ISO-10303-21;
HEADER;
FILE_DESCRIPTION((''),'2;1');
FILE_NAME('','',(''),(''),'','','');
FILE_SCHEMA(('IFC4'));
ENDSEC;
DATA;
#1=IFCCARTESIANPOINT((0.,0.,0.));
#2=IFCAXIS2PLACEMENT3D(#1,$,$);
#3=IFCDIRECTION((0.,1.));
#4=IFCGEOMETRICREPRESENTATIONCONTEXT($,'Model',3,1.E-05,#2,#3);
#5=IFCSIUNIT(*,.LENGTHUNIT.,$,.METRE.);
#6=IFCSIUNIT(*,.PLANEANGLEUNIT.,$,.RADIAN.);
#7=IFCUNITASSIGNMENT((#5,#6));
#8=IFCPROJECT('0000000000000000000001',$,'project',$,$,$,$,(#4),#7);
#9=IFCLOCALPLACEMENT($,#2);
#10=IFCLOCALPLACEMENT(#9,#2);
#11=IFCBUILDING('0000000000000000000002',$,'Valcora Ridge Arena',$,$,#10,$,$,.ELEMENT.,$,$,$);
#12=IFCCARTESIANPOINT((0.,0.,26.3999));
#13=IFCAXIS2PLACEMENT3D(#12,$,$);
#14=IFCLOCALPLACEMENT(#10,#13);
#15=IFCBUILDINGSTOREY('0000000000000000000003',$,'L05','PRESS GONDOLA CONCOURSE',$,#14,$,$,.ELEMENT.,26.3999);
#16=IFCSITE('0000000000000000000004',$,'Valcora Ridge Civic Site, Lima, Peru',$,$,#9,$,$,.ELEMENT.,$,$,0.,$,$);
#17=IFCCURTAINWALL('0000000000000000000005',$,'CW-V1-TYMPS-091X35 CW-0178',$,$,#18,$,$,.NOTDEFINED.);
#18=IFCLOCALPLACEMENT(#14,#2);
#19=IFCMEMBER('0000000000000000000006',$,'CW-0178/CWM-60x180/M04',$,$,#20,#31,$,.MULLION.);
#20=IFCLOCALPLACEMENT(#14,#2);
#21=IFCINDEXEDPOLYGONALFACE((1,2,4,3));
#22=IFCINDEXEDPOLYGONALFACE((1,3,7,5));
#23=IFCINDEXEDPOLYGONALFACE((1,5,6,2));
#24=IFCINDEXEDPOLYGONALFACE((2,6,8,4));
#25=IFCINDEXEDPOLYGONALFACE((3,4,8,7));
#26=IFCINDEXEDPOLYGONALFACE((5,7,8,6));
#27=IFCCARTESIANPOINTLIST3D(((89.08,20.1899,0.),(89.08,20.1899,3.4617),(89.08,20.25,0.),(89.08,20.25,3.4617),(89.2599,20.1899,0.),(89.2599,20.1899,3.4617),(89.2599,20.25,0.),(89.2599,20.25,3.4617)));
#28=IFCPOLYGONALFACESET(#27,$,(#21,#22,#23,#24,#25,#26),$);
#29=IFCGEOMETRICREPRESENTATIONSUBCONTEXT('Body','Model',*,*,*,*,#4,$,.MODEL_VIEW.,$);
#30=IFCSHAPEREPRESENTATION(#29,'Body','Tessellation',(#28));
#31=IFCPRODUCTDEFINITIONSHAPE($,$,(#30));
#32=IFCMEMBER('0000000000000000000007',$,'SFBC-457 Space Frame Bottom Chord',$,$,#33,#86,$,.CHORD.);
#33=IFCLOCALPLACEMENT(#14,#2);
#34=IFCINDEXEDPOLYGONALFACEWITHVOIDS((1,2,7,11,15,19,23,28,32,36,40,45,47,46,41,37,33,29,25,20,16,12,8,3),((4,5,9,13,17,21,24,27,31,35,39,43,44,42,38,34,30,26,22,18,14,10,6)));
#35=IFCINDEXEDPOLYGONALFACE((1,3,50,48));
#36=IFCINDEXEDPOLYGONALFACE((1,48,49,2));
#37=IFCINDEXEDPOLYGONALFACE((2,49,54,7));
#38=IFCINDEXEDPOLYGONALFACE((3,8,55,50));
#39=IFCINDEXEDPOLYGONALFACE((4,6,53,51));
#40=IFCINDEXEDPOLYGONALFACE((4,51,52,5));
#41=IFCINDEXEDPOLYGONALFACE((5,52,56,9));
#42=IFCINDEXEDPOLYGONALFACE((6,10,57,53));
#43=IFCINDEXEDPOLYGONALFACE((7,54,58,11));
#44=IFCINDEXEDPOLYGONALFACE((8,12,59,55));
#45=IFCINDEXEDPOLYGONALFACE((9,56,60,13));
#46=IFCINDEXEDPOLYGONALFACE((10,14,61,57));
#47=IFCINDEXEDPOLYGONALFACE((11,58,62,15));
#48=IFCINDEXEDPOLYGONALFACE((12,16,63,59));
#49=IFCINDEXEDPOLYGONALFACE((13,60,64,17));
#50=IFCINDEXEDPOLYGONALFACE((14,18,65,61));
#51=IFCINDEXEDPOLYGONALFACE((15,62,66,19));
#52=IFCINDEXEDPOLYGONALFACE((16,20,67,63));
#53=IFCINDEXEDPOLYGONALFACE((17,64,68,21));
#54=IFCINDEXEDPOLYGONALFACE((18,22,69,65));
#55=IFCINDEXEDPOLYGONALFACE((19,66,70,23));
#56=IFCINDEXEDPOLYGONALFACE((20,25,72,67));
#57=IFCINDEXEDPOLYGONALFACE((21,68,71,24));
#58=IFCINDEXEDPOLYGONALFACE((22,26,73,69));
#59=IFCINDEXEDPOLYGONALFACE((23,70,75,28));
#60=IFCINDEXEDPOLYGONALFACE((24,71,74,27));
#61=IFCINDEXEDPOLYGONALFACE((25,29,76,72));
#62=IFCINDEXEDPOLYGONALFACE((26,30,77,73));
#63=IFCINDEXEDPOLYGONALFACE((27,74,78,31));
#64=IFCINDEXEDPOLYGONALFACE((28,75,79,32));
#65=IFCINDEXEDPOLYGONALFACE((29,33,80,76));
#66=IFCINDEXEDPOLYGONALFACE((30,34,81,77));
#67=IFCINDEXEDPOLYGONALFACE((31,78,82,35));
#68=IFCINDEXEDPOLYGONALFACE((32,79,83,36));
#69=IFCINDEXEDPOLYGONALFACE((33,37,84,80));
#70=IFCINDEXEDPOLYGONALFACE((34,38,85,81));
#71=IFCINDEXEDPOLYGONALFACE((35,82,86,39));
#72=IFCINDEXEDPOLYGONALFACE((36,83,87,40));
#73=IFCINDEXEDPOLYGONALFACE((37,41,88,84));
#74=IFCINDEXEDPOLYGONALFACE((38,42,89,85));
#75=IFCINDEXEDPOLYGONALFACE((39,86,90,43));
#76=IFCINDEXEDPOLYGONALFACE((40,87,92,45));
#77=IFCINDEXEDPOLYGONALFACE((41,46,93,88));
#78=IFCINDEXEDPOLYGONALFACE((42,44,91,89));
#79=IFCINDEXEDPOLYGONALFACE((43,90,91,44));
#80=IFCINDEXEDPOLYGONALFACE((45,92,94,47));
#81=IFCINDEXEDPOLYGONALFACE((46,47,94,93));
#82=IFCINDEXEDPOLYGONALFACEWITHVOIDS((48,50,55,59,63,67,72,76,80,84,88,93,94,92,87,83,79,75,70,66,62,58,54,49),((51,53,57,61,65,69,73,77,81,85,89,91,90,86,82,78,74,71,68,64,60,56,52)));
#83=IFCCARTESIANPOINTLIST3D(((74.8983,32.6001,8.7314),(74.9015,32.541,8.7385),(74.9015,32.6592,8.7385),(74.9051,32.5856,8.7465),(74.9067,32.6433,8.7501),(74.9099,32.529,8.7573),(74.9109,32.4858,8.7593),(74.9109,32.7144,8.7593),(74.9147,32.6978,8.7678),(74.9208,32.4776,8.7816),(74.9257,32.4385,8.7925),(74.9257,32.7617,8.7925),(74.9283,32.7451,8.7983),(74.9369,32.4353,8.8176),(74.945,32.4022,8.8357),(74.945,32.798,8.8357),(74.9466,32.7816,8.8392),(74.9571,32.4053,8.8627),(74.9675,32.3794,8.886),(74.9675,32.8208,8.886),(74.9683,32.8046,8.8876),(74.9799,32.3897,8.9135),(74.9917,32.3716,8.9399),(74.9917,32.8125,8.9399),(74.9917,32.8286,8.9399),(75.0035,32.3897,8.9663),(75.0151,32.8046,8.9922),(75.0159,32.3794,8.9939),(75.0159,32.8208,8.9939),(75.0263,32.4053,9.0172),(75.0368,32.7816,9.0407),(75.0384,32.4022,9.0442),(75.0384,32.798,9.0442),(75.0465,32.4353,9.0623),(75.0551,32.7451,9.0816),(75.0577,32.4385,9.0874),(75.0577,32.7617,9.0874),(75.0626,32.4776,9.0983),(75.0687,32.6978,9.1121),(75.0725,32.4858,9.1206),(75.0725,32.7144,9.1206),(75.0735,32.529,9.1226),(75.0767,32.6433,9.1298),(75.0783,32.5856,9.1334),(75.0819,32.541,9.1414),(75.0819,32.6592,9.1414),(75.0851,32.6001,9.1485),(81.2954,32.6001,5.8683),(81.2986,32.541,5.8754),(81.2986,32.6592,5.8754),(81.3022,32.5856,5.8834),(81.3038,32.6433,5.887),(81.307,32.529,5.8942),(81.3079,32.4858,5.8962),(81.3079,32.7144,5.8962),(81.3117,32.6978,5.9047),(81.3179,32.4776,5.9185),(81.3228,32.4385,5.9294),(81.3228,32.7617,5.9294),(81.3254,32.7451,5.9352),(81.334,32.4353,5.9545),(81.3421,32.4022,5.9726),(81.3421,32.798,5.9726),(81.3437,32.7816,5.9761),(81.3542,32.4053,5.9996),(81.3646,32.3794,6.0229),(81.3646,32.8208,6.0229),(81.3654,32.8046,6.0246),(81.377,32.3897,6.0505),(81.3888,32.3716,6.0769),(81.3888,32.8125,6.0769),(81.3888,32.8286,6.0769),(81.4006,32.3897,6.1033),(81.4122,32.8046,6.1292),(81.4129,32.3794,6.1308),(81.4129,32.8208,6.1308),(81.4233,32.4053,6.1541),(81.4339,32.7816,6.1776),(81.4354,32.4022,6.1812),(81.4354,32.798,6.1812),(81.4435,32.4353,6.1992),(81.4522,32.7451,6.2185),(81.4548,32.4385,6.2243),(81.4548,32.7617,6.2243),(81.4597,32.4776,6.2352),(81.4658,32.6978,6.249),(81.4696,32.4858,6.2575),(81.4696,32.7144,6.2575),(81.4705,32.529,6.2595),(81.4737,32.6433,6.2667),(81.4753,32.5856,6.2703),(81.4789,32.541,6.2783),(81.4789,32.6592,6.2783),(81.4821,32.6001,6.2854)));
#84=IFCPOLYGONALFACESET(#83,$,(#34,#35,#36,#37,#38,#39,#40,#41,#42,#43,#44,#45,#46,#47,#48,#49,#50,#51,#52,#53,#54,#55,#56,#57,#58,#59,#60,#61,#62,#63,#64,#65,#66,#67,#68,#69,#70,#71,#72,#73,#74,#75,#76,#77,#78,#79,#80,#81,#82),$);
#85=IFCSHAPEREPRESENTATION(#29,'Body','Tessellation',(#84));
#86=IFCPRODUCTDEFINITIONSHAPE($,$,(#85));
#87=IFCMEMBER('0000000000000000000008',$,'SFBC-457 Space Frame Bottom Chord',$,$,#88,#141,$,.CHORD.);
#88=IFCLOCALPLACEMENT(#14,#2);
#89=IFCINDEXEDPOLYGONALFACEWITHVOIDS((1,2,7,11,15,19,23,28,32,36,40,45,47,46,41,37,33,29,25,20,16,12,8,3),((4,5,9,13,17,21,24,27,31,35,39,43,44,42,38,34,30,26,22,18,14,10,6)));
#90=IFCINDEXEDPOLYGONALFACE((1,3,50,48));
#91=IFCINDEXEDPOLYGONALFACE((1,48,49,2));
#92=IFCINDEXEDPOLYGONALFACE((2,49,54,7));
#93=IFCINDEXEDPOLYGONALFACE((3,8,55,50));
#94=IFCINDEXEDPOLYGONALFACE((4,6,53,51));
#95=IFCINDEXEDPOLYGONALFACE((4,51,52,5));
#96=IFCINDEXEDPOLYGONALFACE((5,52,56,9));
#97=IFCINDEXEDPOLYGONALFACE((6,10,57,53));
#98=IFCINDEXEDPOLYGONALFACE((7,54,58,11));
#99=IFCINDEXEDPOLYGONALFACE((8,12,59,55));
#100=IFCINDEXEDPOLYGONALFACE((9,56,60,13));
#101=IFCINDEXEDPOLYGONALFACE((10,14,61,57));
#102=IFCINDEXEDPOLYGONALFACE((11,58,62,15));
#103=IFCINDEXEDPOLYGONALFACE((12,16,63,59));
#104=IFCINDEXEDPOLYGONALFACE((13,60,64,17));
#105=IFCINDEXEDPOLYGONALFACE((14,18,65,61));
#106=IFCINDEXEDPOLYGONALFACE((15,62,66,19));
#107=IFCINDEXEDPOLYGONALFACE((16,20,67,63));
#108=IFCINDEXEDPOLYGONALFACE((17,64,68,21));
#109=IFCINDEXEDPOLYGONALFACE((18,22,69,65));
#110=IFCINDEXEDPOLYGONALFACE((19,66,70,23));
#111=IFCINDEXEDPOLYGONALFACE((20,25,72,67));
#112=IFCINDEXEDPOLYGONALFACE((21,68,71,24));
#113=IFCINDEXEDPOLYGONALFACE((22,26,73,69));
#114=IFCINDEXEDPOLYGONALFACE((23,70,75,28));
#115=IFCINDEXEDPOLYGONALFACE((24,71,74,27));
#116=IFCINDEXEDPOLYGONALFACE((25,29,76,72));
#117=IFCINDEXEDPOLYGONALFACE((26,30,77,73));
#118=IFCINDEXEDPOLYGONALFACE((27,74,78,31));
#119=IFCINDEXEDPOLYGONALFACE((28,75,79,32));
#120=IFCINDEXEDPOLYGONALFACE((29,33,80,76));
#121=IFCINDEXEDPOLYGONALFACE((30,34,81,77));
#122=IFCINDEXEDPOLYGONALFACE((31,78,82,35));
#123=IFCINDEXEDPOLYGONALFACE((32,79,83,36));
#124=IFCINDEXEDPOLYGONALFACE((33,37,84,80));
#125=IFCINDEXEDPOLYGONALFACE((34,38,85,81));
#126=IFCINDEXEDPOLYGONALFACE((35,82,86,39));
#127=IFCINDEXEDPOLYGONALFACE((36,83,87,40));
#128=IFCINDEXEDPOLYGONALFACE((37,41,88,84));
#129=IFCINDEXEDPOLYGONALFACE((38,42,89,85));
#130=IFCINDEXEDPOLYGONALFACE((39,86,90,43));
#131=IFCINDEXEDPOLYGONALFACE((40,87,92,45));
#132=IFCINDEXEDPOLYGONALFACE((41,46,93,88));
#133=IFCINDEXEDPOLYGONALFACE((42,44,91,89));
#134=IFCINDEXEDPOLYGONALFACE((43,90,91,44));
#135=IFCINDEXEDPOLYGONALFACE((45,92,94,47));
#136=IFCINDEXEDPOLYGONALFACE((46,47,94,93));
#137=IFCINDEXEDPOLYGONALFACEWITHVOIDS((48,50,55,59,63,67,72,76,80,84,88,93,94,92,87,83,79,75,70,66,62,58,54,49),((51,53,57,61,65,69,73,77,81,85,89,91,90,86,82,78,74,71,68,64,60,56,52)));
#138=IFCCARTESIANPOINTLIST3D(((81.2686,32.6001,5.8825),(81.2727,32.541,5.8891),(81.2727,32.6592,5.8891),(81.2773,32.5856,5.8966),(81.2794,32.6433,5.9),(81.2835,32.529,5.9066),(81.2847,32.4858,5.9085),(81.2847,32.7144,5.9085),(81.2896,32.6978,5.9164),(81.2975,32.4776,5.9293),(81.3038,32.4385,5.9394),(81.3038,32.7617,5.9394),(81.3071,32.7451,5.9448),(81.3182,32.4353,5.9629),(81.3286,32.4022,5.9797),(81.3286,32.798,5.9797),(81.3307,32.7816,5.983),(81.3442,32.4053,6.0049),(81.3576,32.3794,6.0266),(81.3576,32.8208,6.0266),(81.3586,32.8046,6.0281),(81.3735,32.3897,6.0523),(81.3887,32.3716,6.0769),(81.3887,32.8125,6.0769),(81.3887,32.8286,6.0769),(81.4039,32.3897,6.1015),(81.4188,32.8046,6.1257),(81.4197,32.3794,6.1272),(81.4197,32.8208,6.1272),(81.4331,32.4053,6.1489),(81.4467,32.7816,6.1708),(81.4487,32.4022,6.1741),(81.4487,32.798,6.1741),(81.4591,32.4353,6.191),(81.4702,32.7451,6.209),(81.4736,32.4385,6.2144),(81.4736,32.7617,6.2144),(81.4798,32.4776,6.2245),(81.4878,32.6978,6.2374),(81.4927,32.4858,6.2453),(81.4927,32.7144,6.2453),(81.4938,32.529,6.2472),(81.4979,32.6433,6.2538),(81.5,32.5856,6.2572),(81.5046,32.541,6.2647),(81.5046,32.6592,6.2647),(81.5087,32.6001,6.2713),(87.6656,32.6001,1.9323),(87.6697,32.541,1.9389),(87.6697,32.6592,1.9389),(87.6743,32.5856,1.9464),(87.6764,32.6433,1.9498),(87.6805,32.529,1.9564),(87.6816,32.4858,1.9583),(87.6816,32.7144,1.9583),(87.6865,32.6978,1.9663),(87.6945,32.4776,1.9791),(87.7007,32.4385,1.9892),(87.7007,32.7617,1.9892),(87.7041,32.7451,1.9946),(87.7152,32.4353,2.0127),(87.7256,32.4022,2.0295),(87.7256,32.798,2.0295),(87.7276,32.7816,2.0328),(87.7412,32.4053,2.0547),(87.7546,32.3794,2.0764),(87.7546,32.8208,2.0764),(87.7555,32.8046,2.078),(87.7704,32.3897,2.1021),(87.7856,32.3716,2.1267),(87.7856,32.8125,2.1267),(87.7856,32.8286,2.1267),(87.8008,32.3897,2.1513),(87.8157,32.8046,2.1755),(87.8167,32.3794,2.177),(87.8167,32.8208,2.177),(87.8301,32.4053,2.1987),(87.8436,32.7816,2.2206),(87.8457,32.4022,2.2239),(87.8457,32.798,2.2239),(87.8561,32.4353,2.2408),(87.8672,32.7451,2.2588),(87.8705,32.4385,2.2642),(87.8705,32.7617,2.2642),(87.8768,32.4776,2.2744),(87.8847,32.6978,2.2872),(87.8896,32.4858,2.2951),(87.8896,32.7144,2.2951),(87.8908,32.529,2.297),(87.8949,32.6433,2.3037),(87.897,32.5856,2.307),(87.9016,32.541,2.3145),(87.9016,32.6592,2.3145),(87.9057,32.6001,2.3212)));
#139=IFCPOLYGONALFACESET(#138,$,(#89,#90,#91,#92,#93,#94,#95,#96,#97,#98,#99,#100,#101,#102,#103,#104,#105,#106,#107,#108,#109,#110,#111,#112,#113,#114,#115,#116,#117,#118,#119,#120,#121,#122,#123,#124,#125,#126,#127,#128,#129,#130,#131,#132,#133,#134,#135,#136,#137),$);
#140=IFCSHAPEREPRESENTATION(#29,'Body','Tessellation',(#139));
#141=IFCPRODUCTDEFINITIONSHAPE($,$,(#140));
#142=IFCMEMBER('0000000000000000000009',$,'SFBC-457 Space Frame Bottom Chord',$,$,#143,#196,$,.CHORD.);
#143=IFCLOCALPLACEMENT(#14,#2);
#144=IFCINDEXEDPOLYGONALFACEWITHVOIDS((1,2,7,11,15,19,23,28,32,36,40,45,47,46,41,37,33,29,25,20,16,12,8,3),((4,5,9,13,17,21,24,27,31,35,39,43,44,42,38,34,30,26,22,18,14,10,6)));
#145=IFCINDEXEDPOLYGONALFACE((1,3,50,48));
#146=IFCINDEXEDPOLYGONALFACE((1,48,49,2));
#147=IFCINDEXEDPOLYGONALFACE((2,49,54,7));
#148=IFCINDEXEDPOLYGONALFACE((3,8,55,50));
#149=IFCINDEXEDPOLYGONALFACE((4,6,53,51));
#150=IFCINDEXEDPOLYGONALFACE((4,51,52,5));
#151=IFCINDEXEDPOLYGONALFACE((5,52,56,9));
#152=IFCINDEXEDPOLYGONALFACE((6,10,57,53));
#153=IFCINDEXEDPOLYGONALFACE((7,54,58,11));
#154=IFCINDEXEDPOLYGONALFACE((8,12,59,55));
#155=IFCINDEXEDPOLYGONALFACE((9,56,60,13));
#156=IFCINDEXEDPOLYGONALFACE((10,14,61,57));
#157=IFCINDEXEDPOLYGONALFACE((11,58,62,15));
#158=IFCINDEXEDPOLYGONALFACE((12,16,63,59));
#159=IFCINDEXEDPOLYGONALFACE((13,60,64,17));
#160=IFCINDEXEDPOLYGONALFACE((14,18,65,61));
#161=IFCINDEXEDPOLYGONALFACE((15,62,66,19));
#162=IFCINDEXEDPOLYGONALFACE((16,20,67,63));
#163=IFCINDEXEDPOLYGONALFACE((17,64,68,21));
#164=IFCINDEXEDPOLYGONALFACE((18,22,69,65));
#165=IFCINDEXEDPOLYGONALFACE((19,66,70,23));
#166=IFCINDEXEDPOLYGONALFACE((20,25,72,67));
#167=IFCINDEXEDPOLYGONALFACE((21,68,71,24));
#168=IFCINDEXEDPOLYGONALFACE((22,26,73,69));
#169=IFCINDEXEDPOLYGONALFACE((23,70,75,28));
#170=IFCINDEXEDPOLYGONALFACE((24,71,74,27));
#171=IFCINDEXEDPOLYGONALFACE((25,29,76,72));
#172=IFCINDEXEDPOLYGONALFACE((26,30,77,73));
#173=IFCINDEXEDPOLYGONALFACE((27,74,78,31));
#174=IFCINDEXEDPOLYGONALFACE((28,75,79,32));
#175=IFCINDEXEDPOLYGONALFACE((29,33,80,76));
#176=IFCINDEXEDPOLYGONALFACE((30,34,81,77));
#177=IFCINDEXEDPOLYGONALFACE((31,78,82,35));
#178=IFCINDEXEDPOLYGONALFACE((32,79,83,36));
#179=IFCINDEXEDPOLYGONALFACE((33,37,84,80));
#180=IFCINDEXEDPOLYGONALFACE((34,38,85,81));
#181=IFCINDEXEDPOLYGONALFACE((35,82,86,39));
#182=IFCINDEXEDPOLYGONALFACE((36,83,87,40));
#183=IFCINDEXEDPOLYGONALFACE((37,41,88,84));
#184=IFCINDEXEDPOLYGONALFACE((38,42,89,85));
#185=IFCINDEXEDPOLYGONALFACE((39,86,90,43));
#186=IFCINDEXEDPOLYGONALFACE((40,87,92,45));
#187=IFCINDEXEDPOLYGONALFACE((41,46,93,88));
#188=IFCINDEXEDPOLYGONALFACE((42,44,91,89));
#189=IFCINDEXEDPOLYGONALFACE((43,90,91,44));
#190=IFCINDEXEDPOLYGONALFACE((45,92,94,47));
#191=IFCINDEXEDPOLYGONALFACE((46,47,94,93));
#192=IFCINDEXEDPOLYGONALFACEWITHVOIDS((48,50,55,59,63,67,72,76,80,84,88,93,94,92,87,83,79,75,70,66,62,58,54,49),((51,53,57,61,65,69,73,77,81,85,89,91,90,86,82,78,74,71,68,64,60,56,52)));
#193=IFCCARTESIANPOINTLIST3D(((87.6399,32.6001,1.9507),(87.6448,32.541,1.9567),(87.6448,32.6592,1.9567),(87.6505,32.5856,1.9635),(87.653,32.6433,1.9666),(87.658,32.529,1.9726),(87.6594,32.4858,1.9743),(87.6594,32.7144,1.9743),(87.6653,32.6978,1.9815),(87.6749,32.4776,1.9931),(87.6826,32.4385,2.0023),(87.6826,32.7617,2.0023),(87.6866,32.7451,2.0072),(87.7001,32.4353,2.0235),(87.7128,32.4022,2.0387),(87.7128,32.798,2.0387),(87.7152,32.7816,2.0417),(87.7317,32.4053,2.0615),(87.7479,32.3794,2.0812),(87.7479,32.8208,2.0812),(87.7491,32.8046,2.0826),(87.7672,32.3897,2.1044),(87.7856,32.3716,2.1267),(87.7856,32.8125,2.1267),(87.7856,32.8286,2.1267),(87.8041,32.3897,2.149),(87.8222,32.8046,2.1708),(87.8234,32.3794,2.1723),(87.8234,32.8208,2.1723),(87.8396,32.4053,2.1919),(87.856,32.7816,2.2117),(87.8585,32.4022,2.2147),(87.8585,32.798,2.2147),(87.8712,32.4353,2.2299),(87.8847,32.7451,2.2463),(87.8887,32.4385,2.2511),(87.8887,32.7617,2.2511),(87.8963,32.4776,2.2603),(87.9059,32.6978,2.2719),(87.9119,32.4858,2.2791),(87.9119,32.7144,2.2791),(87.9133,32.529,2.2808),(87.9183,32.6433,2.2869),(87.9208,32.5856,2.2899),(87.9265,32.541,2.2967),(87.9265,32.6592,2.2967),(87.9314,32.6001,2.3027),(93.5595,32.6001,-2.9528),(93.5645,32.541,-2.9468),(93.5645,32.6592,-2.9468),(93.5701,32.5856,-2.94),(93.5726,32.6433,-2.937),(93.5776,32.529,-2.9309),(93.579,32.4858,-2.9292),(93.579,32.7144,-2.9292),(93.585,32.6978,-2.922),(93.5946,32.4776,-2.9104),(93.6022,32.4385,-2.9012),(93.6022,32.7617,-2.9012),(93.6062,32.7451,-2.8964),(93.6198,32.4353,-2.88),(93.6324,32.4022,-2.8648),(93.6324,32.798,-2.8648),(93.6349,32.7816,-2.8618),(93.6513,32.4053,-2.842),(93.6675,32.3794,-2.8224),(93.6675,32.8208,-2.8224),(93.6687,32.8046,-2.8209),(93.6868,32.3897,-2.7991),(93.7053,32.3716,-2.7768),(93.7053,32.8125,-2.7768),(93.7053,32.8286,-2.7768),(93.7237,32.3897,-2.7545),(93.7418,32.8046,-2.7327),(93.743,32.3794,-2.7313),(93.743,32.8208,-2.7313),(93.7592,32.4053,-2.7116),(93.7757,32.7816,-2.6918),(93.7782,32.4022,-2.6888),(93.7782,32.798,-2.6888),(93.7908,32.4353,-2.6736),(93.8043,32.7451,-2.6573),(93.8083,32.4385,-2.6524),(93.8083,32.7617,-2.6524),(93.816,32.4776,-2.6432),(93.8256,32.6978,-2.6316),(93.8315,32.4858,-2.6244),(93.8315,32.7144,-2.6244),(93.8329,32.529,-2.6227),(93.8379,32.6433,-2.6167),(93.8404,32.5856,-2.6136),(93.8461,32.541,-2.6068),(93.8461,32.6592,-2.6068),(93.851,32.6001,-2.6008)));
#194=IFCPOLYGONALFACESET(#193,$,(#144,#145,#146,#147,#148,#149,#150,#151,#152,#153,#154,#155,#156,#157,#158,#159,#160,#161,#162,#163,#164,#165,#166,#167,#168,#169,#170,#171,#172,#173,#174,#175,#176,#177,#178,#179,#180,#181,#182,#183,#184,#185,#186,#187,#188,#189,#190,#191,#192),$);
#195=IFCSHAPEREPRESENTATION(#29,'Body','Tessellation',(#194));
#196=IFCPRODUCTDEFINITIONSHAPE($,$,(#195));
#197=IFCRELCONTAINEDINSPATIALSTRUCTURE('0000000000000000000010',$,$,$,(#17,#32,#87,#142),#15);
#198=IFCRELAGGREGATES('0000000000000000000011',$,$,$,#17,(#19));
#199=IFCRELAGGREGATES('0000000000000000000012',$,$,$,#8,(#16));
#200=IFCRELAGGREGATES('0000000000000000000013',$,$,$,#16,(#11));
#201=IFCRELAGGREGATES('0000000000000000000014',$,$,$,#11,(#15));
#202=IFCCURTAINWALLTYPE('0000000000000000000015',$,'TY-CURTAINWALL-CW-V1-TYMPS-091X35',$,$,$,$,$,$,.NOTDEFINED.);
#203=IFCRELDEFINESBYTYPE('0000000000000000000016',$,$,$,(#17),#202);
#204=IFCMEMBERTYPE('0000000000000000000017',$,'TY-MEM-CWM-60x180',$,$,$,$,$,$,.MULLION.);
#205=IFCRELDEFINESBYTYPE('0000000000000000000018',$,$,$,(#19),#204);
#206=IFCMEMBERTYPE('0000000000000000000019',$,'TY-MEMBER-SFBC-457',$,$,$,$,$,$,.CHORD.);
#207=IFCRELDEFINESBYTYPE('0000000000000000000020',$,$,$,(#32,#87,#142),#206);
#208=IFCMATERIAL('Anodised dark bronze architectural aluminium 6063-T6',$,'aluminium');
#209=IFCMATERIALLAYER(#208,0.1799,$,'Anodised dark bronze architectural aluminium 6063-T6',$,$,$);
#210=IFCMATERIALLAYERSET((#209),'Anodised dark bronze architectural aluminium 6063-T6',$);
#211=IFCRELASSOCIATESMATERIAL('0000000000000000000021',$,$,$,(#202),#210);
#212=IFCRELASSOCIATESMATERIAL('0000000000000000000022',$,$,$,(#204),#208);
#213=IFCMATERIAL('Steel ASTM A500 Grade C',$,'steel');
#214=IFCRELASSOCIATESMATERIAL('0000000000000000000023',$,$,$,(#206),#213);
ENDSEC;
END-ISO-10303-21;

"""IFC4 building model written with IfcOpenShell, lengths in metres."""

from ifc_helpers import new_model, si_unit, direction, frame, origin, origin_2d, place, context, subcontext, project, spatial, rectangle, hollow_circle, extrude, material, layer, layer_set, material_profile, profile_set, type_object, element, aggregate, save


model = new_model("IFC4")

# Units and contexts
model_context = context("Model", 3, precision=1e-05, world=origin(), true_north=direction((0.0, 1.0)))
body_context = subcontext(model_context, "Body", "Model", "MODEL_VIEW")
ifc_project = project(units=[si_unit("LENGTHUNIT", "METRE"), si_unit("PLANEANGLEUNIT", "RADIAN")], contexts=[model_context])

# Site, building, storey
site_placement = place(None, origin())
site = spatial("IfcSite", under=ifc_project, at=site_placement, Name="Valcora Ridge Civic Site, Lima, Peru", CompositionType="ELEMENT", RefElevation=0.0)
building_placement = place(site_placement, origin())
building = spatial("IfcBuilding", under=site, at=building_placement, Name="Valcora Ridge Arena", CompositionType="ELEMENT")
storey_placement = place(building_placement, frame((0.0, 0.0, 26.3999)))
storey = spatial("IfcBuildingStorey", under=building, at=storey_placement, Name="L05", Description="PRESS GONDOLA CONCOURSE", CompositionType="ELEMENT", Elevation=26.3999)

# Curtain wall, member
ifc_material_1 = material(Name="Anodised dark bronze architectural aluminium 6063-T6", Category="aluminium")
ifc_layer_1 = layer(ifc_material_1, 0.1799, Name="Anodised dark bronze architectural aluminium 6063-T6")
ifc_layer_set_1 = layer_set([ifc_layer_1], Name="Anodised dark bronze architectural aluminium 6063-T6")
curtain_wall_type = type_object("IfcCurtainWallType", Name="TY-CURTAINWALL-CW-V1-TYMPS-091X35", PredefinedType="NOTDEFINED", material=ifc_layer_set_1)
curtain_wall_placement = place(storey_placement, origin())
curtain_wall = element("IfcCurtainWall", 1, at=curtain_wall_placement, inside=storey, type_object=curtain_wall_type, Name="CW-V1-TYMPS-091X35 CW-0178", PredefinedType="NOTDEFINED")
ifc_material_profile_1 = material_profile(ifc_material_1, rectangle(XDim=0.0601, YDim=0.1799, at=origin_2d()), Name="ALU MULLION 60x180")
ifc_profile_set_1 = profile_set([ifc_material_profile_1], Name="Anodised dark bronze architectural aluminium 6063-T6")
member_type_1 = type_object("IfcMemberType", Name="TY-MEM-CWM-60x180", PredefinedType="MULLION", material=ifc_profile_set_1)
member_1_placement = place(storey_placement, frame((89.1699, 20.22, 0.0), z_axis=(0.0, 0.0, 1.0), x_axis=(0.0, 1.0, 0.0)))
member_1 = element("IfcMember", 2, at=member_1_placement, type_object=member_type_1, Name="CW-0178/CWM-60x180/M04", PredefinedType="MULLION", context=body_context, shape_type="SweptSolid", body=[
    extrude(rectangle(XDim=0.0601, YDim=0.1799, at=origin_2d()), origin(), (0.0, 0.0, 1.0), 3.4617),
])

# Members
ifc_material_2 = material(Name="Steel ASTM A500 Grade C", Category="steel")
ifc_material_profile_2 = material_profile(ifc_material_2, hollow_circle(Radius=0.2285, WallThickness=0.0161, at=origin_2d()), Name="CHS457X16")
ifc_profile_set_2 = profile_set([ifc_material_profile_2], Name="Steel ASTM A500 Grade C")
member_type_2 = type_object("IfcMemberType", Name="TY-MEMBER-SFBC-457", PredefinedType="CHORD", material=ifc_profile_set_2)
member_2_placement = place(storey_placement, frame((74.9917, 32.6001, 8.9399), z_axis=(0.912753, 0.0, -0.408513), x_axis=(0.0, 1.0, 0.0)))
element("IfcMember", 3, at=member_2_placement, inside=storey, type_object=member_type_2, Name="SFBC-457 Space Frame Bottom Chord", PredefinedType="CHORD", context=body_context, shape_type="SweptSolid", body=[
    extrude(hollow_circle(Radius=0.2285, WallThickness=0.0161, at=origin_2d()), origin(), (0.0, 0.0, 1.0), 7.0085),
])
member_3_placement = place(storey_placement, frame((81.3887, 32.6001, 6.0769), z_axis=(0.85085, 0.0, -0.525409), x_axis=(0.0, 1.0, 0.0)))
element("IfcMember", 4, at=member_3_placement, inside=storey, type_object=member_type_2, Name="SFBC-457 Space Frame Bottom Chord", PredefinedType="CHORD", context=body_context, shape_type="SweptSolid", body=[
    extrude(hollow_circle(Radius=0.2285, WallThickness=0.0161, at=origin_2d()), origin(), (0.0, 0.0, 1.0), 7.5183),
])
member_4_placement = place(storey_placement, frame((87.7856, 32.6001, 2.1267), z_axis=(0.770105, 0.0, -0.637917), x_axis=(0.0, 1.0, 0.0)))
element("IfcMember", 5, at=member_4_placement, inside=storey, type_object=member_type_2, Name="SFBC-457 Space Frame Bottom Chord", PredefinedType="CHORD", context=body_context, shape_type="SweptSolid", body=[
    extrude(hollow_circle(Radius=0.2285, WallThickness=0.0161, at=origin_2d()), origin(), (0.0, 0.0, 1.0), 7.6868),
])

aggregate(curtain_wall, [member_1])

save(model, "model.ifc")
